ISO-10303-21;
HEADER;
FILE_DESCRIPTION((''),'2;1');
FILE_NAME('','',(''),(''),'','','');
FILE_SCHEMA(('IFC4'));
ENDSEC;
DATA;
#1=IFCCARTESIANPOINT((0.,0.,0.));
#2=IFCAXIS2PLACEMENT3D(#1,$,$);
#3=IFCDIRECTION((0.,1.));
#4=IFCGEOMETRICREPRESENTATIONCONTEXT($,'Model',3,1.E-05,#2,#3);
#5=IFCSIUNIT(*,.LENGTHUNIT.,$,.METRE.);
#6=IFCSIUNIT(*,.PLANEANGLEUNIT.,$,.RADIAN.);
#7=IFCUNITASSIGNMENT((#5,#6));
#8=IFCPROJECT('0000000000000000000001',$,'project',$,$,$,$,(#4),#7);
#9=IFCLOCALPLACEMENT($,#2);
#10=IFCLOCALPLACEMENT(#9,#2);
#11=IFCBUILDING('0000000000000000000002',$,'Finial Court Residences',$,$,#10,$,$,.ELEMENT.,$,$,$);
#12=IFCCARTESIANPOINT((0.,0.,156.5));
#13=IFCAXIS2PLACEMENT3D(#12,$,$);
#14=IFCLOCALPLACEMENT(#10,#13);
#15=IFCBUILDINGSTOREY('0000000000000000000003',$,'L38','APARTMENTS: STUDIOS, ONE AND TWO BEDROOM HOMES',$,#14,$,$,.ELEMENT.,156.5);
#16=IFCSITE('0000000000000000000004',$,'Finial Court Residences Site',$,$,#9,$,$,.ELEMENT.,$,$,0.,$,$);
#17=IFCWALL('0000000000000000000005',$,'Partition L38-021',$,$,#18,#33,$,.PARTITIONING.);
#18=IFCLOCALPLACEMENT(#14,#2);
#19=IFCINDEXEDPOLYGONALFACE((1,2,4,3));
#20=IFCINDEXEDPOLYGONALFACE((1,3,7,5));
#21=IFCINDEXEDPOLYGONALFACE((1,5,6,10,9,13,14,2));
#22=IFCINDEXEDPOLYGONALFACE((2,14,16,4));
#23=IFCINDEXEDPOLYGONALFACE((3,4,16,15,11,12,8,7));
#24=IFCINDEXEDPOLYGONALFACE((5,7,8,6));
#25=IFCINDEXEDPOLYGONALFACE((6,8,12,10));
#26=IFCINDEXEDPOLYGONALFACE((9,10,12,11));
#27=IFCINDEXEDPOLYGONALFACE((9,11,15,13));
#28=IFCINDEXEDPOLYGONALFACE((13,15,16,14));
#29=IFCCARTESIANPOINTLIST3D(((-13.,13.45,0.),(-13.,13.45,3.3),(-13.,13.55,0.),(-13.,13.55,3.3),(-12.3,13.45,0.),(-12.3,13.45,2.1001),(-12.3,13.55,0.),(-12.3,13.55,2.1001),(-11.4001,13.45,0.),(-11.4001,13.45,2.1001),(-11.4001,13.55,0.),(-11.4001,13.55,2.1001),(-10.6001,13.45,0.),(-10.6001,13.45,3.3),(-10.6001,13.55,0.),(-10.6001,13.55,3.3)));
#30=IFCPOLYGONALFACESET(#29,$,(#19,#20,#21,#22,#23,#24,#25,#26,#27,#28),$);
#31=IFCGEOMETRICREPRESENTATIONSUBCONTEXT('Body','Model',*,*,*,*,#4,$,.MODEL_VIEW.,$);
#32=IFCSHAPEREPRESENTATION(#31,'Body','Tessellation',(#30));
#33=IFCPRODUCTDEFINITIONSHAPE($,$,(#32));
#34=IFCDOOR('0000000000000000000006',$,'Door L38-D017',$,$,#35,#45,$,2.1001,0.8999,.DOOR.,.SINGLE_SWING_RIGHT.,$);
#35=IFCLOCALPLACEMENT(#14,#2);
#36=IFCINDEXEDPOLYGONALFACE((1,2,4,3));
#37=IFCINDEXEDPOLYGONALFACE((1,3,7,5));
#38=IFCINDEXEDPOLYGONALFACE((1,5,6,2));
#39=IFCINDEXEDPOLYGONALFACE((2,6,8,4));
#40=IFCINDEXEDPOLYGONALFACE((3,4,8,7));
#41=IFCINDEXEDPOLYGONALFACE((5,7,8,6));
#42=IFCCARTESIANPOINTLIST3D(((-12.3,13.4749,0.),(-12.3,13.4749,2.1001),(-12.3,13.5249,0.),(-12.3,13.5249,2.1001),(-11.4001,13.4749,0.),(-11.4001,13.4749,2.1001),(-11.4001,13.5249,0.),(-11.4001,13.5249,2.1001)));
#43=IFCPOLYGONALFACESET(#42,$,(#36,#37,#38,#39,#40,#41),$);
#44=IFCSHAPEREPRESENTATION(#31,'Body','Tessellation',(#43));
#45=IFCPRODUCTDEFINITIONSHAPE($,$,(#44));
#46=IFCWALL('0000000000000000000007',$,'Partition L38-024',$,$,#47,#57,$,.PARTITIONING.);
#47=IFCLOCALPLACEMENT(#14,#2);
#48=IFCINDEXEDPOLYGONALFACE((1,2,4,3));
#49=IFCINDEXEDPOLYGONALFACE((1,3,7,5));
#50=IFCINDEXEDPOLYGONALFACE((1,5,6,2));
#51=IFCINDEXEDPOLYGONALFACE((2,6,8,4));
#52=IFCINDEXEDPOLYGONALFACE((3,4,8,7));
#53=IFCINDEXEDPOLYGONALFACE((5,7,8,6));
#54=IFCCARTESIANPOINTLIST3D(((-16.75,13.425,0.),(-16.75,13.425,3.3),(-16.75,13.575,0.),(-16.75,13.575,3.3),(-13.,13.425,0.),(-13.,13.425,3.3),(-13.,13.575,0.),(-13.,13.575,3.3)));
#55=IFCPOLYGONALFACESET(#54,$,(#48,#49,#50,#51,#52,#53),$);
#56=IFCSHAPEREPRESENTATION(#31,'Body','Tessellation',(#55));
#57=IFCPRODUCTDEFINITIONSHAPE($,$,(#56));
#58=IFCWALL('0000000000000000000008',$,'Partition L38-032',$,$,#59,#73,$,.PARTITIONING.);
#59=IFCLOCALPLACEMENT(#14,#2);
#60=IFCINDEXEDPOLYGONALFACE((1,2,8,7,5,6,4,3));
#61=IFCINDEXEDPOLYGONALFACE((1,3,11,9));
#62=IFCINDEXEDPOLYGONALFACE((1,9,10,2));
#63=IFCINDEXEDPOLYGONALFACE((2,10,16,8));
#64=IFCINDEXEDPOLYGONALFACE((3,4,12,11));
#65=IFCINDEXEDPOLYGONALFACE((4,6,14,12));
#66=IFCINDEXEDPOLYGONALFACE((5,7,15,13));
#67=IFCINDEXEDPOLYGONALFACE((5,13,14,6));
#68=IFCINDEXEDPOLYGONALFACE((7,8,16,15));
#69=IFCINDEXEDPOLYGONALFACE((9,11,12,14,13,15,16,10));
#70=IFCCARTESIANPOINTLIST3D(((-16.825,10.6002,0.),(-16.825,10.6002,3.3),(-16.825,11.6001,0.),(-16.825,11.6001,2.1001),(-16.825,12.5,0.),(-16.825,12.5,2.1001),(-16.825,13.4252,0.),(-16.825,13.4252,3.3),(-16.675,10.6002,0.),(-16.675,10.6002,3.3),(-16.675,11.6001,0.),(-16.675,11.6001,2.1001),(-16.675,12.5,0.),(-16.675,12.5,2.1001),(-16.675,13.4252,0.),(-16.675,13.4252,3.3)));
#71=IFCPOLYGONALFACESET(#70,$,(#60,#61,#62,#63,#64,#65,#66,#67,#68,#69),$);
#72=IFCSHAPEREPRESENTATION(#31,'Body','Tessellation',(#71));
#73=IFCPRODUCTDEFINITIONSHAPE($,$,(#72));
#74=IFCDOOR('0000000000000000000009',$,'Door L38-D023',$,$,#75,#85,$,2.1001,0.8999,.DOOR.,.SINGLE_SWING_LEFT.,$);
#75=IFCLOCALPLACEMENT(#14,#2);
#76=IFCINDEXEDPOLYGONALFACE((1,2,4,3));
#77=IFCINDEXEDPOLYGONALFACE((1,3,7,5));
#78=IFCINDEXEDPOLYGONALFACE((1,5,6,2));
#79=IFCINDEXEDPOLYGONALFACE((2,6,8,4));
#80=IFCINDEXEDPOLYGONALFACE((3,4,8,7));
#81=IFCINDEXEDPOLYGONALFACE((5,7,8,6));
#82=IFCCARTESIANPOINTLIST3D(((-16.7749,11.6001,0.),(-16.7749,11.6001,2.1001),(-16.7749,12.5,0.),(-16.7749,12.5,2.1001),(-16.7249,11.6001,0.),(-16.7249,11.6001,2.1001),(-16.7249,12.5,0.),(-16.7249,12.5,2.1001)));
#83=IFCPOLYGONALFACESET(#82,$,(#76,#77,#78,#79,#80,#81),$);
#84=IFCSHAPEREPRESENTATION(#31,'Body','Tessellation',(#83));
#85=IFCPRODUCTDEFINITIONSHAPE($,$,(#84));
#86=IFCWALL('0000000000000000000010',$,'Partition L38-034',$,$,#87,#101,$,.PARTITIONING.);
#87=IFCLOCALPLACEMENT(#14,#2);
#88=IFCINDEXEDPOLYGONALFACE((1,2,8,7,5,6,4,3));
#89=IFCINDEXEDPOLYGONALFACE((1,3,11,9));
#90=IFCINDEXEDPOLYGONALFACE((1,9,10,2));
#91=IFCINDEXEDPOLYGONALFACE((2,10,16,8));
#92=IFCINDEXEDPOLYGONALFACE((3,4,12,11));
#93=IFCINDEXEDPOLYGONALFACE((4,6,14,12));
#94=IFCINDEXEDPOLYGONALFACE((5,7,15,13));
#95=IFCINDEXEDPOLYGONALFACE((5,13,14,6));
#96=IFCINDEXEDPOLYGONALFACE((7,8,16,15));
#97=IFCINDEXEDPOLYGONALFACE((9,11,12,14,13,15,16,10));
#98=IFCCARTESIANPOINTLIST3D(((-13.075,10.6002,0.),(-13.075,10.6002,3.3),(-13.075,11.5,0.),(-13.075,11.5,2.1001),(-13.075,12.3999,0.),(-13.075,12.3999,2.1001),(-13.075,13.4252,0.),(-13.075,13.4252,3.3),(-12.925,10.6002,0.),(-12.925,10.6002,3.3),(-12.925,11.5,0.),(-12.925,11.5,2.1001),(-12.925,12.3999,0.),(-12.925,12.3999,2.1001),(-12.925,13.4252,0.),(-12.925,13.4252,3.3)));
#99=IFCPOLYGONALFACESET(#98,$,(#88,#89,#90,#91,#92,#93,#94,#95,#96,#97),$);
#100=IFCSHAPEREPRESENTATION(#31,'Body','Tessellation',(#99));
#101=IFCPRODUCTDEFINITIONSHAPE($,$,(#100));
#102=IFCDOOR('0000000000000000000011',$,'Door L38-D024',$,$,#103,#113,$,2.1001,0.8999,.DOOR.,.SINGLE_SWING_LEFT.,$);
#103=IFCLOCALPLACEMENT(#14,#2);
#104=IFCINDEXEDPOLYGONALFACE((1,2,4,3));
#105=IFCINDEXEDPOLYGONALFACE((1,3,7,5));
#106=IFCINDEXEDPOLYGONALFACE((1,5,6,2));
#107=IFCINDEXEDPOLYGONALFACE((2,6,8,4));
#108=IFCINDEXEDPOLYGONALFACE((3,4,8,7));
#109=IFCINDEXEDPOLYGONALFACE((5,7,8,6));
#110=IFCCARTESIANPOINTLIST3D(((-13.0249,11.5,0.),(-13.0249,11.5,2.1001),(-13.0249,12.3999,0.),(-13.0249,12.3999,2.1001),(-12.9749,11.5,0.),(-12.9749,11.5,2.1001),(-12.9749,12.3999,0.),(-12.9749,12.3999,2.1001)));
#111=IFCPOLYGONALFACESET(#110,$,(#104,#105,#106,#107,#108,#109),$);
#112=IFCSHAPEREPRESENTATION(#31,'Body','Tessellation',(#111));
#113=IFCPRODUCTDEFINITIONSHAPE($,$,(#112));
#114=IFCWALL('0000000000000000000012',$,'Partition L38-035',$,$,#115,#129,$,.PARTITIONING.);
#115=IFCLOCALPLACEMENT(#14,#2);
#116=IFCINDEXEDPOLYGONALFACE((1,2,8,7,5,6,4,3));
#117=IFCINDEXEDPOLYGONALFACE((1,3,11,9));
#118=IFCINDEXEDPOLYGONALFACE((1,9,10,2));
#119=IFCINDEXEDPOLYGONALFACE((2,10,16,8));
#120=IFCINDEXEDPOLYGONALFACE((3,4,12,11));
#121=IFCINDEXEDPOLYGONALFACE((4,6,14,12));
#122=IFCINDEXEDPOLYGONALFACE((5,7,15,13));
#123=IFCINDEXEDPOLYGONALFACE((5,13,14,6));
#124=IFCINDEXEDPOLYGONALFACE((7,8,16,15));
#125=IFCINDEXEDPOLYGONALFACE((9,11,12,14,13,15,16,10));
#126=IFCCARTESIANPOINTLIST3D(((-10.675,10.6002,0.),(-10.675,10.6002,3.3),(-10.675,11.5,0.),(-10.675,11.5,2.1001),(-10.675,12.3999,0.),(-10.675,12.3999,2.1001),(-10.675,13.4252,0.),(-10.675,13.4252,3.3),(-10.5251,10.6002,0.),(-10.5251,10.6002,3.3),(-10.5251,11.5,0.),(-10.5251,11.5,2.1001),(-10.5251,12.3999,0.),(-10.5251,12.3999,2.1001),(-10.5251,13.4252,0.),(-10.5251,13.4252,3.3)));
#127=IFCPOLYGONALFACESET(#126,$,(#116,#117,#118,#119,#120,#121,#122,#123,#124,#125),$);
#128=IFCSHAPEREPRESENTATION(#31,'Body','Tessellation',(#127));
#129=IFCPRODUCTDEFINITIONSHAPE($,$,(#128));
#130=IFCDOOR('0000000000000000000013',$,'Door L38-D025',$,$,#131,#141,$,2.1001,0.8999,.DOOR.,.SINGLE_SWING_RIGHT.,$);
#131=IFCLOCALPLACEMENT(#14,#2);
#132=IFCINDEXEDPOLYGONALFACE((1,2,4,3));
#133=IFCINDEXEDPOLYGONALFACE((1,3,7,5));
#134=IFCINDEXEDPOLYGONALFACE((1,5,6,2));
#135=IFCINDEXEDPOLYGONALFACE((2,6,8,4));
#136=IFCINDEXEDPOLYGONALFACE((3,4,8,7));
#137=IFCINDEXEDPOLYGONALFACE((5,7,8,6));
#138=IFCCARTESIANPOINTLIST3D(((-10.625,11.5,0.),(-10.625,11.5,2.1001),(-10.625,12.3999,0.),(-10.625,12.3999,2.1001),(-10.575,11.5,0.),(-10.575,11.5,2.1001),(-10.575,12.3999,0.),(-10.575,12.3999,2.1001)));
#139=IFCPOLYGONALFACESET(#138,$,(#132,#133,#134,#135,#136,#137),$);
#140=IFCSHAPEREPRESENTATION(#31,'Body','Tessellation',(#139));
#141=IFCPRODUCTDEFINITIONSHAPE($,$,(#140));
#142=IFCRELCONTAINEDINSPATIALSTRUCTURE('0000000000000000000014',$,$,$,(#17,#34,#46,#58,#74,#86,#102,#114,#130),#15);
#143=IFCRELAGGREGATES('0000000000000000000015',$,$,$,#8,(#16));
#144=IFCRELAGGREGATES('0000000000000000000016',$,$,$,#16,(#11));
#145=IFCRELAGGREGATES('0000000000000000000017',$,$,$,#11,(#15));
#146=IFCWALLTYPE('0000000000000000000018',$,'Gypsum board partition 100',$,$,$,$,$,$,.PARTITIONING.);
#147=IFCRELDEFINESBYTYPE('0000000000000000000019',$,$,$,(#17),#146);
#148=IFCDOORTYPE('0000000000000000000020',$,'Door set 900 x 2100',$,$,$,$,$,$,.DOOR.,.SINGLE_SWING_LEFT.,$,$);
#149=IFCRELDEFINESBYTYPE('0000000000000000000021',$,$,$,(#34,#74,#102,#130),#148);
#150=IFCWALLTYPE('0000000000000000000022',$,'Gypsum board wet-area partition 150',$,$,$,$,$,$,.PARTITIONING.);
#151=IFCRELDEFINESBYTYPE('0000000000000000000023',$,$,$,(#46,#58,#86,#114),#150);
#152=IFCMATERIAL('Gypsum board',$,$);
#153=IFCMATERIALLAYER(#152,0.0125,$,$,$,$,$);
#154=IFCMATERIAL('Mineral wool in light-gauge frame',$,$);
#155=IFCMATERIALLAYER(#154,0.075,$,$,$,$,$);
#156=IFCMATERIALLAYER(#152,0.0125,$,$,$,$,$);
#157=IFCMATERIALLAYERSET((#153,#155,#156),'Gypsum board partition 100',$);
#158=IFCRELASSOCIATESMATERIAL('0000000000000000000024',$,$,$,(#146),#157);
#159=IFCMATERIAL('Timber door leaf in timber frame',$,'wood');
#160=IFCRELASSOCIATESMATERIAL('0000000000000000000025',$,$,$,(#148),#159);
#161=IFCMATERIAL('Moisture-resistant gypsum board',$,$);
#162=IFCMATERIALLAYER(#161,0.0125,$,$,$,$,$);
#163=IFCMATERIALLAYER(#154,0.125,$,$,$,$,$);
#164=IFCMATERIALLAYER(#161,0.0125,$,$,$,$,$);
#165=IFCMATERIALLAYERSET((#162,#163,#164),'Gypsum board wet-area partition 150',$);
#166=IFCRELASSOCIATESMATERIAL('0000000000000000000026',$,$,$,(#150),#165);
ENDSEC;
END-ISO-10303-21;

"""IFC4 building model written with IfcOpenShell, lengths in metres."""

from ifc_helpers import new_model, si_unit, direction, frame, frame_2d, origin, place, context, subcontext, project, spatial, rectangle, extrude, material, layer, layer_set, type_object, element, fill, save


model = new_model("IFC4")

# Units and contexts
model_context = context("Model", 3, precision=1e-05, world=origin(), true_north=direction((0.0, 1.0)))
body_context = subcontext(model_context, "Body", "Model", "MODEL_VIEW")
ifc_project = project(units=[si_unit("LENGTHUNIT", "METRE"), si_unit("PLANEANGLEUNIT", "RADIAN")], contexts=[model_context])

# Site, building, storey
site_placement = place(None, origin())
site = spatial("IfcSite", under=ifc_project, at=site_placement, Name="Finial Court Residences Site", CompositionType="ELEMENT", RefElevation=0.0)
building_placement = place(site_placement, origin())
building = spatial("IfcBuilding", under=site, at=building_placement, Name="Finial Court Residences", CompositionType="ELEMENT")
storey_placement = place(building_placement, frame((0.0, 0.0, 156.5)))
storey = spatial("IfcBuildingStorey", under=building, at=storey_placement, Name="L38", Description="APARTMENTS: STUDIOS, ONE AND TWO BEDROOM HOMES", CompositionType="ELEMENT", Elevation=156.5)

# Shared definitions
ifc_material_1 = material(Name="Gypsum board")
ifc_layer_1 = layer(ifc_material_1, 0.0125)
ifc_material_2 = material(Name="Mineral wool in light-gauge frame")
ifc_layer_2 = layer(ifc_material_2, 0.075)
ifc_layer_3 = layer(ifc_material_1, 0.0125)
ifc_layer_set_1 = layer_set([ifc_layer_1, ifc_layer_2, ifc_layer_3], Name="Gypsum board partition 100")
wall_type_1 = type_object("IfcWallType", Name="Gypsum board partition 100", PredefinedType="PARTITIONING", material=ifc_layer_set_1)

# Wall, opening, door
wall_1_placement = place(storey_placement, frame((-13.0, 13.5, 0.0), z_axis=(0.0, 0.0, 1.0), x_axis=(1.0, 0.0, 0.0)))
wall_1 = element("IfcWall", 1, at=wall_1_placement, inside=storey, type_object=wall_type_1, Name="Partition L38-021", PredefinedType="PARTITIONING", context=body_context, shape_type="SweptSolid", body=[
    extrude(rectangle(XDim=2.3999, YDim=0.1001, at=frame_2d((1.2, 0.0))), origin(), (0.0, 0.0, 1.0), 3.3),
])
opening_1_placement = place(wall_1_placement, frame((0.7, 0.0, 0.0)))
opening_1 = element("IfcOpeningElement", 2, at=opening_1_placement, cuts=wall_1, PredefinedType="OPENING", context=body_context, shape_type="SweptSolid", body=[
    extrude(rectangle(XDim=0.8999, YDim=2.1001, at=frame_2d((0.45, 1.05))), frame((0.0, 0.0601, 0.0), z_axis=(0.0, -1.0, 0.0), x_axis=(1.0, 0.0, 0.0)), (0.0, 0.0, 1.0), 0.1201),
])
ifc_material_3 = material(Name="Timber door leaf in timber frame", Category="wood")
door_type = type_object("IfcDoorType", Name="Door set 900 x 2100", OperationType="SINGLE_SWING_LEFT", PredefinedType="DOOR", material=ifc_material_3)
door_1_placement = place(opening_1_placement, origin())
door_1 = element("IfcDoor", 3, at=door_1_placement, inside=storey, type_object=door_type, Name="Door L38-D017", OperationType="SINGLE_SWING_RIGHT", OverallHeight=2.1001, OverallWidth=0.8999, PredefinedType="DOOR", context=body_context, shape_type="SweptSolid", body=[
    extrude(rectangle(XDim=0.8999, YDim=2.1001, at=frame_2d((0.45, 1.05))), frame((0.0, 0.0249, 0.0), z_axis=(0.0, -1.0, 0.0), x_axis=(1.0, 0.0, 0.0)), (0.0, 0.0, 1.0), 0.05),
])
fill(opening_1, door_1)

# Wall
ifc_material_4 = material(Name="Moisture-resistant gypsum board")
ifc_layer_4 = layer(ifc_material_4, 0.0125)
ifc_layer_5 = layer(ifc_material_2, 0.125)
ifc_layer_6 = layer(ifc_material_4, 0.0125)
ifc_layer_set_2 = layer_set([ifc_layer_4, ifc_layer_5, ifc_layer_6], Name="Gypsum board wet-area partition 150")
wall_type_2 = type_object("IfcWallType", Name="Gypsum board wet-area partition 150", PredefinedType="PARTITIONING", material=ifc_layer_set_2)
wall_2_placement = place(storey_placement, frame((-16.75, 13.5, 0.0), z_axis=(0.0, 0.0, 1.0), x_axis=(1.0, 0.0, 0.0)))
element("IfcWall", 4, at=wall_2_placement, inside=storey, type_object=wall_type_2, Name="Partition L38-024", PredefinedType="PARTITIONING", context=body_context, shape_type="SweptSolid", body=[
    extrude(rectangle(XDim=3.75, YDim=0.1499, at=frame_2d((1.875, 0.0))), origin(), (0.0, 0.0, 1.0), 3.3),
])

# Walls, openings, doors
wall_3_placement = place(storey_placement, frame((-16.75, 10.6001, 0.0), z_axis=(0.0, 0.0, 1.0), x_axis=(0.0, 1.0, 0.0)))
wall_3 = element("IfcWall", 5, at=wall_3_placement, inside=storey, type_object=wall_type_2, Name="Partition L38-032", PredefinedType="PARTITIONING", context=body_context, shape_type="SweptSolid", body=[
    extrude(rectangle(XDim=2.825, YDim=0.1499, at=frame_2d((1.4126, 0.0))), origin(), (0.0, 0.0, 1.0), 3.3),
])
opening_2_placement = place(wall_3_placement, frame((1.0, 0.0, 0.0)))
opening_2 = element("IfcOpeningElement", 6, at=opening_2_placement, cuts=wall_3, PredefinedType="OPENING", context=body_context, shape_type="SweptSolid", body=[
    extrude(rectangle(XDim=0.8999, YDim=2.1001, at=frame_2d((0.45, 1.05))), frame((0.0, 0.085, 0.0), z_axis=(0.0, -1.0, 0.0), x_axis=(1.0, 0.0, 0.0)), (0.0, 0.0, 1.0), 0.1699),
])
door_2_placement = place(opening_2_placement, origin())
door_2 = element("IfcDoor", 7, at=door_2_placement, inside=storey, type_object=door_type, Name="Door L38-D023", OperationType="SINGLE_SWING_LEFT", OverallHeight=2.1001, OverallWidth=0.8999, PredefinedType="DOOR", context=body_context, shape_type="SweptSolid", body=[
    extrude(rectangle(XDim=0.8999, YDim=2.1001, at=frame_2d((0.45, 1.05))), frame((0.0, 0.0249, 0.0), z_axis=(0.0, -1.0, 0.0), x_axis=(1.0, 0.0, 0.0)), (0.0, 0.0, 1.0), 0.05),
])
fill(opening_2, door_2)
wall_4_placement = place(storey_placement, frame((-13.0, 10.6001, 0.0), z_axis=(0.0, 0.0, 1.0), x_axis=(0.0, 1.0, 0.0)))
wall_4 = element("IfcWall", 8, at=wall_4_placement, inside=storey, type_object=wall_type_2, Name="Partition L38-034", PredefinedType="PARTITIONING", context=body_context, shape_type="SweptSolid", body=[
    extrude(rectangle(XDim=2.825, YDim=0.1499, at=frame_2d((1.4126, 0.0))), origin(), (0.0, 0.0, 1.0), 3.3),
])
opening_3_placement = place(wall_4_placement, frame((0.8999, 0.0, 0.0)))
opening_3 = element("IfcOpeningElement", 9, at=opening_3_placement, cuts=wall_4, PredefinedType="OPENING", context=body_context, shape_type="SweptSolid", body=[
    extrude(rectangle(XDim=0.8999, YDim=2.1001, at=frame_2d((0.45, 1.05))), frame((0.0, 0.085, 0.0), z_axis=(0.0, -1.0, 0.0), x_axis=(1.0, 0.0, 0.0)), (0.0, 0.0, 1.0), 0.1699),
])
door_3_placement = place(opening_3_placement, origin())
door_3 = element("IfcDoor", 10, at=door_3_placement, inside=storey, type_object=door_type, Name="Door L38-D024", OperationType="SINGLE_SWING_LEFT", OverallHeight=2.1001, OverallWidth=0.8999, PredefinedType="DOOR", context=body_context, shape_type="SweptSolid", body=[
    extrude(rectangle(XDim=0.8999, YDim=2.1001, at=frame_2d((0.45, 1.05))), frame((0.0, 0.0249, 0.0), z_axis=(0.0, -1.0, 0.0), x_axis=(1.0, 0.0, 0.0)), (0.0, 0.0, 1.0), 0.05),
])
fill(opening_3, door_3)
wall_5_placement = place(storey_placement, frame((-10.6001, 10.6001, 0.0), z_axis=(0.0, 0.0, 1.0), x_axis=(0.0, 1.0, 0.0)))
wall_5 = element("IfcWall", 11, at=wall_5_placement, inside=storey, type_object=wall_type_2, Name="Partition L38-035", PredefinedType="PARTITIONING", context=body_context, shape_type="SweptSolid", body=[
    extrude(rectangle(XDim=2.825, YDim=0.1499, at=frame_2d((1.4126, 0.0))), origin(), (0.0, 0.0, 1.0), 3.3),
])
opening_4_placement = place(wall_5_placement, frame((0.8999, 0.0, 0.0)))
opening_4 = element("IfcOpeningElement", 12, at=opening_4_placement, cuts=wall_5, PredefinedType="OPENING", context=body_context, shape_type="SweptSolid", body=[
    extrude(rectangle(XDim=0.8999, YDim=2.1001, at=frame_2d((0.45, 1.05))), frame((0.0, 0.085, 0.0), z_axis=(0.0, -1.0, 0.0), x_axis=(1.0, 0.0, 0.0)), (0.0, 0.0, 1.0), 0.1699),
])
door_4_placement = place(opening_4_placement, origin())
door_4 = element("IfcDoor", 13, at=door_4_placement, inside=storey, type_object=door_type, Name="Door L38-D025", OperationType="SINGLE_SWING_RIGHT", OverallHeight=2.1001, OverallWidth=0.8999, PredefinedType="DOOR", context=body_context, shape_type="SweptSolid", body=[
    extrude(rectangle(XDim=0.8999, YDim=2.1001, at=frame_2d((0.45, 1.05))), frame((0.0, 0.0249, 0.0), z_axis=(0.0, -1.0, 0.0), x_axis=(1.0, 0.0, 0.0)), (0.0, 0.0, 1.0), 0.05),
])
fill(opening_4, door_4)

save(model, "model.ifc")
